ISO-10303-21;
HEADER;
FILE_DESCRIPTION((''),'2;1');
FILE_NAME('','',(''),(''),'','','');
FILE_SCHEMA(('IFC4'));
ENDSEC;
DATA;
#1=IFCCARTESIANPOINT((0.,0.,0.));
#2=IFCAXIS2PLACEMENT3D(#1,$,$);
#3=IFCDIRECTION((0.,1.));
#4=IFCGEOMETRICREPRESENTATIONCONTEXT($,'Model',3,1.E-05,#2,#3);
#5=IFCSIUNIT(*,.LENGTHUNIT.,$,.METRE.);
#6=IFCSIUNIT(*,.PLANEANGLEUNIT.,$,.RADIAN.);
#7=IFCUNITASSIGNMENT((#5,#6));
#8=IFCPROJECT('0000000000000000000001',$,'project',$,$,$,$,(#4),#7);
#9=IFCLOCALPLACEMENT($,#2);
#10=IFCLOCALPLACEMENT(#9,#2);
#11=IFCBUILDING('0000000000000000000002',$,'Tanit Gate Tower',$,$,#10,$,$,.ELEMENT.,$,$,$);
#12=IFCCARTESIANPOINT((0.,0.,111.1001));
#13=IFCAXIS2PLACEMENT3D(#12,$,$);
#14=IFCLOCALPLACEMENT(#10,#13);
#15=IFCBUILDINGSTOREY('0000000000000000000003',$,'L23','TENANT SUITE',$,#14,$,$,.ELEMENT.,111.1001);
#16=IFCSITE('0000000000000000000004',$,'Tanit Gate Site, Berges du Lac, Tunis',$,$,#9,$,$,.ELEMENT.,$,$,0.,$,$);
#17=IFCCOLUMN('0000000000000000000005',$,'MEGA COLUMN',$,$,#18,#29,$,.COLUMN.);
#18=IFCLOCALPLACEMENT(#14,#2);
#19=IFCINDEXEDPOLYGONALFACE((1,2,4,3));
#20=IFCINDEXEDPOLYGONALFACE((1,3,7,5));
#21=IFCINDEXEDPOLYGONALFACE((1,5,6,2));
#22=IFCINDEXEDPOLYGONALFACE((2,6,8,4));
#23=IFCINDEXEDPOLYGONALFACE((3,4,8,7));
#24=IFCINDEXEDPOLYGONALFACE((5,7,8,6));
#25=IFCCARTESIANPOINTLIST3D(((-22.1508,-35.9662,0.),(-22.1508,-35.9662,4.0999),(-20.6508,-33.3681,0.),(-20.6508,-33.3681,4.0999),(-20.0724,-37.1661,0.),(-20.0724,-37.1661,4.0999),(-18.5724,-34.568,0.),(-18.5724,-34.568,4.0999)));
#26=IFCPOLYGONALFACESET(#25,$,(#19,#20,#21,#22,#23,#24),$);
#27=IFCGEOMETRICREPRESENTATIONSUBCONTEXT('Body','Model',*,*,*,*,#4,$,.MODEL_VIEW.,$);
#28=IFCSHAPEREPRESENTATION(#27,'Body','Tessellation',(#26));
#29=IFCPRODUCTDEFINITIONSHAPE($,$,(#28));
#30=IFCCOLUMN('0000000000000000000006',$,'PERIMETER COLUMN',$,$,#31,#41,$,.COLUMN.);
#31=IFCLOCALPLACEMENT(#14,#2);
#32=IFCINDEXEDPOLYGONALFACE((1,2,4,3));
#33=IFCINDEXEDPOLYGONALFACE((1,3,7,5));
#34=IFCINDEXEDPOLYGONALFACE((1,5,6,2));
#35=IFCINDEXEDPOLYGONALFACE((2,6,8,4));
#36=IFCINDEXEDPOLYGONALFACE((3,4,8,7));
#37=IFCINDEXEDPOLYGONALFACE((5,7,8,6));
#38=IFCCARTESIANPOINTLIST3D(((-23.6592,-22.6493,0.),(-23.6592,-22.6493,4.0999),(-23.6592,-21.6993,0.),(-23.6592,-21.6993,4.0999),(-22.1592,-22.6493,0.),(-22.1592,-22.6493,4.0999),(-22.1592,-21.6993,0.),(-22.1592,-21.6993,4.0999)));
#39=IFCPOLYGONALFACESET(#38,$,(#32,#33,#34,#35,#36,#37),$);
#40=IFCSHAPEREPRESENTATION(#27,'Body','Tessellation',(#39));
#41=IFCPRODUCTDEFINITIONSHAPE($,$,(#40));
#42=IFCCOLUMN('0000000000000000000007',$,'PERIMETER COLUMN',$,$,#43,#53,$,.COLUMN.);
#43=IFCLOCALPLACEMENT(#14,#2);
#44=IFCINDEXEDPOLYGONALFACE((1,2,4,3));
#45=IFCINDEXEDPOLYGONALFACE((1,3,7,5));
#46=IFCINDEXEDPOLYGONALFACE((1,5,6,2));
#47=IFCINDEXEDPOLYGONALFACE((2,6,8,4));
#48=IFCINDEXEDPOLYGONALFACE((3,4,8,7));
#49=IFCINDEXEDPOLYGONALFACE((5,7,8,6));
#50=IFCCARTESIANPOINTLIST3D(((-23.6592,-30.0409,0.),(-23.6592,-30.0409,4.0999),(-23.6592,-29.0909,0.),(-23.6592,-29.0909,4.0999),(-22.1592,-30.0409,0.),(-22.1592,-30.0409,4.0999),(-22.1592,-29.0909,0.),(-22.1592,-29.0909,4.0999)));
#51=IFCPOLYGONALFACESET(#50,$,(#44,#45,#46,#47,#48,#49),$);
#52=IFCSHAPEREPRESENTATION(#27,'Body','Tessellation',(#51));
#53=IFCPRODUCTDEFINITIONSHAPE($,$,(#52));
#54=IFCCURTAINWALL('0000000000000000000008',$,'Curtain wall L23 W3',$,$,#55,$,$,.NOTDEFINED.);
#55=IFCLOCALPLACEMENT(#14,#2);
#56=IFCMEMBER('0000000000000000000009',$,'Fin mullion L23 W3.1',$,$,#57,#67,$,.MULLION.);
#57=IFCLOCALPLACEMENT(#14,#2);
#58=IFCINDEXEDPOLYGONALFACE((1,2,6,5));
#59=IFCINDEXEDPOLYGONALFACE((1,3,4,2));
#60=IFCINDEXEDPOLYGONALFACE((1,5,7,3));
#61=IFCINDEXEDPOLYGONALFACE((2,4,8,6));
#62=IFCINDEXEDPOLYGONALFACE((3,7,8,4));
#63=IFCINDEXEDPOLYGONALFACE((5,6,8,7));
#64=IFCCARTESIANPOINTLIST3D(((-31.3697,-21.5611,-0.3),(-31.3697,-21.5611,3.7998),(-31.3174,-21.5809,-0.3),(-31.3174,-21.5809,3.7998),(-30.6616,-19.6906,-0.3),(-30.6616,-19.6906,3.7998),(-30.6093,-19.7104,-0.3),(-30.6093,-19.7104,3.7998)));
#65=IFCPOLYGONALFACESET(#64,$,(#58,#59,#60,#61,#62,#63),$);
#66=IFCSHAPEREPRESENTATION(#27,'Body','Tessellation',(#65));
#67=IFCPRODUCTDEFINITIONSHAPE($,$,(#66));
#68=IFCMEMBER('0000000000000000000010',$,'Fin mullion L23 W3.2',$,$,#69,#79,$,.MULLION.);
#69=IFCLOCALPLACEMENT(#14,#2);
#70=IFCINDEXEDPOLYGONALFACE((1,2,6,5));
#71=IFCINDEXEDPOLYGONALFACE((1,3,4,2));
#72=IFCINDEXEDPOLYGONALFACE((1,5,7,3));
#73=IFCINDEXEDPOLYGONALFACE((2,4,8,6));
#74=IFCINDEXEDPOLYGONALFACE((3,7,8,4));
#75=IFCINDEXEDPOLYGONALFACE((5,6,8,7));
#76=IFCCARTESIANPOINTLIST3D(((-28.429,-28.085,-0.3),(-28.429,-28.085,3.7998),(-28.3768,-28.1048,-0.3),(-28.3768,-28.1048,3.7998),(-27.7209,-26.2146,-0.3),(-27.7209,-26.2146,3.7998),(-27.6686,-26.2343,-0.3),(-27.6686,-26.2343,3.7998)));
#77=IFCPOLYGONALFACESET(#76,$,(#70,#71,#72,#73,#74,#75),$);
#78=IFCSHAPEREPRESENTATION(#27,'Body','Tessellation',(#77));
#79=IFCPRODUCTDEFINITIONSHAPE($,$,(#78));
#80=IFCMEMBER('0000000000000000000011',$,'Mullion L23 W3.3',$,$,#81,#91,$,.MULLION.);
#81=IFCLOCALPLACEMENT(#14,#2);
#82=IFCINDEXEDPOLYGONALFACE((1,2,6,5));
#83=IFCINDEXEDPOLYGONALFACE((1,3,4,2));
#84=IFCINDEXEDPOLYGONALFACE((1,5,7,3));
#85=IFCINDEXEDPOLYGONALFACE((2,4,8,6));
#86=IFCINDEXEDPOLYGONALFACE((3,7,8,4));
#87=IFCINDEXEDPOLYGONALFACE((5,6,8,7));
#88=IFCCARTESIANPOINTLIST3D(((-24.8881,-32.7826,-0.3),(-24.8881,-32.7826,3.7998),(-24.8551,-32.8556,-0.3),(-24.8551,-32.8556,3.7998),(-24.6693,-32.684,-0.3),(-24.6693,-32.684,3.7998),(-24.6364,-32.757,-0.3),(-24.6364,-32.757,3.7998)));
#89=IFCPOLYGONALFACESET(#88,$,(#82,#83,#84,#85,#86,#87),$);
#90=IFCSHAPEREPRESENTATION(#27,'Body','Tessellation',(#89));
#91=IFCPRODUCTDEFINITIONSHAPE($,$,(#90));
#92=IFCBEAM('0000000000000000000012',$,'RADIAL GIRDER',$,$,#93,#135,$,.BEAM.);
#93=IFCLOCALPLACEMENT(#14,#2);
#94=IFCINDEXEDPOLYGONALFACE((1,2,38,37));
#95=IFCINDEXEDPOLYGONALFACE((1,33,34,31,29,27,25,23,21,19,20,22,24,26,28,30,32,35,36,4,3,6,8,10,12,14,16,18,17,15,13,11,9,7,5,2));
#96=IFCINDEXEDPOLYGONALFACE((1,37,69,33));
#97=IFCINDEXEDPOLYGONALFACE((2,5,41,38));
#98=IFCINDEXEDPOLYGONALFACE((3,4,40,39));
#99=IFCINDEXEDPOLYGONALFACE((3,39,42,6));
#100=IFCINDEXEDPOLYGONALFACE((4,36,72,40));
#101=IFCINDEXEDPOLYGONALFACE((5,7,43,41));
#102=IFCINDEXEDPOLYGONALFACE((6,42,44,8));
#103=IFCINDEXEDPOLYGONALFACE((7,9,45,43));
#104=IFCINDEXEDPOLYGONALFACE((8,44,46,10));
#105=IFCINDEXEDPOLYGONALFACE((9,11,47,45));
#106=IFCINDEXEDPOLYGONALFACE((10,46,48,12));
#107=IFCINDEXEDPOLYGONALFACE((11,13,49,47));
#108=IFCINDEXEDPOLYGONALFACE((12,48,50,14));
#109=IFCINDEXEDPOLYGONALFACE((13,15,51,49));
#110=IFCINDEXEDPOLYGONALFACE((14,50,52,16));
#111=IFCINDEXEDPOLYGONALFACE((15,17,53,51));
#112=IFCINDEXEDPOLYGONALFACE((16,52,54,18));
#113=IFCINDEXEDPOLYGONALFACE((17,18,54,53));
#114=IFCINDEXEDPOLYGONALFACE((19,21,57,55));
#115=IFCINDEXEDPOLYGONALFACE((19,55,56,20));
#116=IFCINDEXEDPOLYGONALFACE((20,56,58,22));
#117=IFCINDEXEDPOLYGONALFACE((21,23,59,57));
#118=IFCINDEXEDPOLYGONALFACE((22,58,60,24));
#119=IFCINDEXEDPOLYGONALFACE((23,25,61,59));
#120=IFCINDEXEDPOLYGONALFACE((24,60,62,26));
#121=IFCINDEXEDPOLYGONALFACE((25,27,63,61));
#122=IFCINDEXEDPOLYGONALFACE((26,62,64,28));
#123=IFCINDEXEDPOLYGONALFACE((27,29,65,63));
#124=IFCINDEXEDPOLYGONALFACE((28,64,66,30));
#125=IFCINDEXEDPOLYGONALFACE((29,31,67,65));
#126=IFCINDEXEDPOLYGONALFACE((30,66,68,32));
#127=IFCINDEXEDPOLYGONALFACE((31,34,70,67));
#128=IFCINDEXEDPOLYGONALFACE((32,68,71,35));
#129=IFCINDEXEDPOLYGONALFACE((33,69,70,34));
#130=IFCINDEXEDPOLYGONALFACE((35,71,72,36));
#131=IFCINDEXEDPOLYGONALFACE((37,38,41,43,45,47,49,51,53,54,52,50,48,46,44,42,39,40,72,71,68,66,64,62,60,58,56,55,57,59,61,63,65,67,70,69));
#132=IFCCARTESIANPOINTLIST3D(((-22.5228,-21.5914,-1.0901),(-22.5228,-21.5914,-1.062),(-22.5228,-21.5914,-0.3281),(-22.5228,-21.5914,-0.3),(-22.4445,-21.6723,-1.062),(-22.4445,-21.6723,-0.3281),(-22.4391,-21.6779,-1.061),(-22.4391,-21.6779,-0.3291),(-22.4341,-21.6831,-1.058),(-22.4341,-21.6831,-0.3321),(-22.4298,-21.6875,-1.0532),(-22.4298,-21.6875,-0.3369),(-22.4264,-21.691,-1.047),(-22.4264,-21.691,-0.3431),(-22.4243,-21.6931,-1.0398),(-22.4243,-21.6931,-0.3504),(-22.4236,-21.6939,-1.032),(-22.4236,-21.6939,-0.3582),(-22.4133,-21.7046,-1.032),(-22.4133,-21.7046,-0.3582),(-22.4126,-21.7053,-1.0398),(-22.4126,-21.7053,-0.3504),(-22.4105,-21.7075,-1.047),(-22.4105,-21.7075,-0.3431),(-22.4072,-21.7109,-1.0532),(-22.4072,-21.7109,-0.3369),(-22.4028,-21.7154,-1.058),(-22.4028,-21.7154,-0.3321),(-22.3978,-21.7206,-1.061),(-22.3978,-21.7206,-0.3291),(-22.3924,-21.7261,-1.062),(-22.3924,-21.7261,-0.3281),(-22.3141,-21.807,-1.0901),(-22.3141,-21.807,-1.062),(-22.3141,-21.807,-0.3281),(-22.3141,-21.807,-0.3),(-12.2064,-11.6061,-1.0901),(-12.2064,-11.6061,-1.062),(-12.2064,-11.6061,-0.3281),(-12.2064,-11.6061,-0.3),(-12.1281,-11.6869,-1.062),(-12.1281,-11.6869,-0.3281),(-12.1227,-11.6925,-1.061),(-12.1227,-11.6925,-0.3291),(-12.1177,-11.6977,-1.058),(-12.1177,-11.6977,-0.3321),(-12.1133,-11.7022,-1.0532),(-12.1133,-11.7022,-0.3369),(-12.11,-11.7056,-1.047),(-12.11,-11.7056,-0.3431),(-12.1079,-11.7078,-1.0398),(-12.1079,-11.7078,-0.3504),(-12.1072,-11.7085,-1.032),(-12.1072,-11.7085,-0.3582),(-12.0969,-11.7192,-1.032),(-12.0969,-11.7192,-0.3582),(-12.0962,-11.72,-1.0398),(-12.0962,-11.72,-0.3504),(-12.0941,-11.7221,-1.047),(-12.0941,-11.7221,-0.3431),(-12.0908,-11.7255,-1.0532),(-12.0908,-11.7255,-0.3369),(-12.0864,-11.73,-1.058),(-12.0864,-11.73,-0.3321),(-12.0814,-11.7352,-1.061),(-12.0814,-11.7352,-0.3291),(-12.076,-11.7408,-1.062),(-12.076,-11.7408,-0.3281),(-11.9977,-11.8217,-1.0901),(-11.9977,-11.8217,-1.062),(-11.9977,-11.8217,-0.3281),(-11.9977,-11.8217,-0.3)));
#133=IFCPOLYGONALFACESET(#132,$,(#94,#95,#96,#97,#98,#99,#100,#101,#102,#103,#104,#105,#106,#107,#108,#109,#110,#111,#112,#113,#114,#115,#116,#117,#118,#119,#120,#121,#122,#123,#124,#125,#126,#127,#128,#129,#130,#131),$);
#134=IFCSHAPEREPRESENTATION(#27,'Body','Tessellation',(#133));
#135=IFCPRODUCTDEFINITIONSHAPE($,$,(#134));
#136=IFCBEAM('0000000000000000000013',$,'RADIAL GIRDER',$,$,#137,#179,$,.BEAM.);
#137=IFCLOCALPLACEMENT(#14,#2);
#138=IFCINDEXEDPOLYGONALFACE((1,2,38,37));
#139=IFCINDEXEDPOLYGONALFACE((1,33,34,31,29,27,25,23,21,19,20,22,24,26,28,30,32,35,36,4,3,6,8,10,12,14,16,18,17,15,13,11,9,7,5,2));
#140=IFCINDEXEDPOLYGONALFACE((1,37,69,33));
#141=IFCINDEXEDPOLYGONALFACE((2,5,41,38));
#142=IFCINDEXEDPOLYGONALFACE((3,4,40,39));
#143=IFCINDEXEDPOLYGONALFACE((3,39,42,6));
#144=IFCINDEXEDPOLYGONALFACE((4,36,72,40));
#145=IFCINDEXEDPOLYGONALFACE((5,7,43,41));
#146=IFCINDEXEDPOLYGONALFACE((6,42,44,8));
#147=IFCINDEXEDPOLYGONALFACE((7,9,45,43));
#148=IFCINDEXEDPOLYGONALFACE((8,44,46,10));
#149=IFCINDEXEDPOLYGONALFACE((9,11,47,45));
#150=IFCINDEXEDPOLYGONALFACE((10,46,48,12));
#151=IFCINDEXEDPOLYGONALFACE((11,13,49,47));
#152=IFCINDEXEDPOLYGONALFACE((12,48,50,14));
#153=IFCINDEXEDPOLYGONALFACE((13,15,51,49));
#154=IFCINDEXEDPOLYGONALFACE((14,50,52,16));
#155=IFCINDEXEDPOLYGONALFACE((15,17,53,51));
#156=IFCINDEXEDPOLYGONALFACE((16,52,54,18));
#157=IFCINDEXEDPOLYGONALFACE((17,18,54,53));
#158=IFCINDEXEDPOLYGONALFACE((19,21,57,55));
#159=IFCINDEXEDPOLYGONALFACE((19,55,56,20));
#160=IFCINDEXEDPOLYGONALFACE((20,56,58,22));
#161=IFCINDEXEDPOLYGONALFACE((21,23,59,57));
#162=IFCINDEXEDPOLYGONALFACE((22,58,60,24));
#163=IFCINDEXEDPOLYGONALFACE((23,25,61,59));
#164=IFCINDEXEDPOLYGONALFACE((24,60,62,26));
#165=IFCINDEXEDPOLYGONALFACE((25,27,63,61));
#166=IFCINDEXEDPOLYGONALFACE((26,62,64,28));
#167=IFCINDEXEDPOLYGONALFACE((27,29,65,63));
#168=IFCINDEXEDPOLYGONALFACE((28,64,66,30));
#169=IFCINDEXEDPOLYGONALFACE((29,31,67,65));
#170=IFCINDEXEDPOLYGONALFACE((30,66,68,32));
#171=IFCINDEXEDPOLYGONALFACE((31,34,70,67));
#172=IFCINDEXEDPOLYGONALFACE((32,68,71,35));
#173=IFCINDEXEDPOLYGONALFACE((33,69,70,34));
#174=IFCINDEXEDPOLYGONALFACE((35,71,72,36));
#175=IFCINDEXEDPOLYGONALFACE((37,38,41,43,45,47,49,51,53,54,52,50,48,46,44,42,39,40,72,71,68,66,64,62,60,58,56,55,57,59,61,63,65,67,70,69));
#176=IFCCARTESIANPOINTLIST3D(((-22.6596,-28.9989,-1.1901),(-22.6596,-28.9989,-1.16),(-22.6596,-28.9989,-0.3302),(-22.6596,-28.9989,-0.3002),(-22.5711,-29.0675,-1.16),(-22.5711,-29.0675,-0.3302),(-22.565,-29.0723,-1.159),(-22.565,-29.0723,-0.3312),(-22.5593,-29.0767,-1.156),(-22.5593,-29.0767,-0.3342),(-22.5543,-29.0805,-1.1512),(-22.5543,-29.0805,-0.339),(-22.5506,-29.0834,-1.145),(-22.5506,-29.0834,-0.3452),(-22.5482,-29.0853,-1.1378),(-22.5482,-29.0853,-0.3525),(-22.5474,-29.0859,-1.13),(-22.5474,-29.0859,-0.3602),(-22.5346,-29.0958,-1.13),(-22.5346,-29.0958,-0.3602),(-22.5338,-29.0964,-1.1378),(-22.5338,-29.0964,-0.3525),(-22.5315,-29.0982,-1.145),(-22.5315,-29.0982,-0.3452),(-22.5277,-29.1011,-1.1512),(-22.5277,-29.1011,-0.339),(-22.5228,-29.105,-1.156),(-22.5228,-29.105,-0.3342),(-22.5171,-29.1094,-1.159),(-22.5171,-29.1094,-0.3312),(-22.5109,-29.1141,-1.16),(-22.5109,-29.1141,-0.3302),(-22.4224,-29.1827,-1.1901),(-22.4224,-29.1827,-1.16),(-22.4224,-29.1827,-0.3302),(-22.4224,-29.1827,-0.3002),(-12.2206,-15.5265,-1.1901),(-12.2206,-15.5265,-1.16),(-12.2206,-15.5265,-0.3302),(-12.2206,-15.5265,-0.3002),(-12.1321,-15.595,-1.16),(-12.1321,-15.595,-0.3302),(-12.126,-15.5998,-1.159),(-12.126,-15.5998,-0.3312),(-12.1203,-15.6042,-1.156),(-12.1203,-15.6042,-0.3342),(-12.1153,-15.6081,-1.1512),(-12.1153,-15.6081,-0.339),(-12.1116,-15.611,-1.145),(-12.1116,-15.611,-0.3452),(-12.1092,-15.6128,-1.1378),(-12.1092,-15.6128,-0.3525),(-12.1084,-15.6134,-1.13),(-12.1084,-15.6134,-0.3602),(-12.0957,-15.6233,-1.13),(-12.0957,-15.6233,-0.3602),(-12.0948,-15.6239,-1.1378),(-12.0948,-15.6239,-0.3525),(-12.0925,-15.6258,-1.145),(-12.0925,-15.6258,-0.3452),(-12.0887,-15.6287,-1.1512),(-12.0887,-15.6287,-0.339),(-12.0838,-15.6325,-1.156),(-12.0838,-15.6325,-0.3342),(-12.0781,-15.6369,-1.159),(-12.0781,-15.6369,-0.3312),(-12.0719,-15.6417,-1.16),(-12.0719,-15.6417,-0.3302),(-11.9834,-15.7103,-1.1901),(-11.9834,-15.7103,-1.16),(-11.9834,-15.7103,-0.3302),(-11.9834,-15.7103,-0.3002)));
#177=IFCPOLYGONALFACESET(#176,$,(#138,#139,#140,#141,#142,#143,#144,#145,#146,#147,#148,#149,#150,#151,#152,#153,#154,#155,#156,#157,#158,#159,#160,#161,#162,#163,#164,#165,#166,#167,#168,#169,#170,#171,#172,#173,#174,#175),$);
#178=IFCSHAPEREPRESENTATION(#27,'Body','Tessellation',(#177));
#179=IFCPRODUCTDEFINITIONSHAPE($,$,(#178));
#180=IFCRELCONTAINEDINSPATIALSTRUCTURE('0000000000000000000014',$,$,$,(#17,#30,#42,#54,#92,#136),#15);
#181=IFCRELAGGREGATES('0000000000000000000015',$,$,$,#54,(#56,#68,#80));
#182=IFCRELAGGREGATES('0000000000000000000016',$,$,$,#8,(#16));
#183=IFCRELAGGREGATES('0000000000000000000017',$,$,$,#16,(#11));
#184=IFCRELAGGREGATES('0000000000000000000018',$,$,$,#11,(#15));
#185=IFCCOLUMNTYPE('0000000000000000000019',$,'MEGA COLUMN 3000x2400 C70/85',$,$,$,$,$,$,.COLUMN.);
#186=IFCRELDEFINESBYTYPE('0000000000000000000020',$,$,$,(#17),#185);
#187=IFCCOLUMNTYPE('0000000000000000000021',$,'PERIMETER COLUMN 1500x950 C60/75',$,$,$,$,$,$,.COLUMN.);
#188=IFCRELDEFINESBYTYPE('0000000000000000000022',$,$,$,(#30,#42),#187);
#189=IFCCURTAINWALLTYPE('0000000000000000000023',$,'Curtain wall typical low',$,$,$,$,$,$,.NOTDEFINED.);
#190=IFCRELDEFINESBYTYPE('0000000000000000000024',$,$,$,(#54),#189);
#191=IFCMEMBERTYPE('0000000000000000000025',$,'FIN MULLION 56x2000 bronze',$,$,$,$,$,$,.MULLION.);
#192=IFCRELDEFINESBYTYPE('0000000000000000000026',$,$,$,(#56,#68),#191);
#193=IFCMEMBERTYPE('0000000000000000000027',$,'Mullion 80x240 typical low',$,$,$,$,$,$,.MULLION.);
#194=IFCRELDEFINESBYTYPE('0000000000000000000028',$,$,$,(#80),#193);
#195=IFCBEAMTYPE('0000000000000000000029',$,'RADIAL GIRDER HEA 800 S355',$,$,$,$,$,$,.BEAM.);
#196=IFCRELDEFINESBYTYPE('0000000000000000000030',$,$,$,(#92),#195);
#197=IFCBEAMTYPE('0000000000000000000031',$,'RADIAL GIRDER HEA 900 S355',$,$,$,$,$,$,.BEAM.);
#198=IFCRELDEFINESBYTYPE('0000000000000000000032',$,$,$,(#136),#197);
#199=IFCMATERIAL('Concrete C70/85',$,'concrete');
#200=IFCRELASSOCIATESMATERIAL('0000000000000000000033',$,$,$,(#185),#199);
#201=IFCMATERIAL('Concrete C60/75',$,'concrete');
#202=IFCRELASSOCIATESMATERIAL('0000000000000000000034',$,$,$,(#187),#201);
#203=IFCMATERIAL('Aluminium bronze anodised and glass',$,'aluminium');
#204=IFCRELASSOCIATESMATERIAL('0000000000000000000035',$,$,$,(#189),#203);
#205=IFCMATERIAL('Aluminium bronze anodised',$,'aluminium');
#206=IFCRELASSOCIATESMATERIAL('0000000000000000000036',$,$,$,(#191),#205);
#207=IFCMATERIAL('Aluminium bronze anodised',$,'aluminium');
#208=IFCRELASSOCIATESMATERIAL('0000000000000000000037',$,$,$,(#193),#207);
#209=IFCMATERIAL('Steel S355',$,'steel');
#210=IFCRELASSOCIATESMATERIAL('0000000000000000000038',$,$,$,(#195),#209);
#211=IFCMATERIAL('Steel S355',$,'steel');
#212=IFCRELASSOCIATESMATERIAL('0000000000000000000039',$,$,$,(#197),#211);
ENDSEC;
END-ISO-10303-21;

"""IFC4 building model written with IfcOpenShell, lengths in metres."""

from ifc_helpers import new_model, si_unit, direction, frame, origin, origin_2d, place, context, subcontext, project, spatial, rectangle, i_section, extrude, material, material_profile, profile_set, type_object, element, aggregate, save


model = new_model("IFC4")

# Units and contexts
model_context = context("Model", 3, precision=1e-05, world=origin(), true_north=direction((0.0, 1.0)))
body_context = subcontext(model_context, "Body", "Model", "MODEL_VIEW")
ifc_project = project(units=[si_unit("LENGTHUNIT", "METRE"), si_unit("PLANEANGLEUNIT", "RADIAN")], contexts=[model_context])

# Site, building, storey
site_placement = place(None, origin())
site = spatial("IfcSite", under=ifc_project, at=site_placement, Name="Tanit Gate Site, Berges du Lac, Tunis", CompositionType="ELEMENT", RefElevation=0.0)
building_placement = place(site_placement, origin())
building = spatial("IfcBuilding", under=site, at=building_placement, Name="Tanit Gate Tower", CompositionType="ELEMENT")
storey_placement = place(building_placement, frame((0.0, 0.0, 111.1001)))
storey = spatial("IfcBuildingStorey", under=building, at=storey_placement, Name="L23", Description="TENANT SUITE", CompositionType="ELEMENT", Elevation=111.1001)

# Columns
ifc_material_1 = material(Name="Concrete C70/85", Category="concrete")
ifc_material_profile_1 = material_profile(ifc_material_1, rectangle(XDim=3.0, YDim=2.3999, at=origin_2d()), Name="RC 3000x2400")
ifc_profile_set_1 = profile_set([ifc_material_profile_1], Name="Concrete C70/85")
column_type_1 = type_object("IfcColumnType", Name="MEGA COLUMN 3000x2400 C70/85", PredefinedType="COLUMN", material=ifc_profile_set_1)
column_placement = place(storey_placement, frame((-20.3616, -35.2671, 0.0), z_axis=(0.0, 0.0, 1.0), x_axis=(-0.5, -0.866025, 0.0)))
element("IfcColumn", 1, at=column_placement, inside=storey, type_object=column_type_1, Name="MEGA COLUMN", PredefinedType="COLUMN", context=body_context, shape_type="SweptSolid", body=[
    extrude(rectangle(XDim=3.0, YDim=2.3999, at=origin_2d()), origin(), (0.0, 0.0, 1.0), 4.0999),
])
ifc_material_2 = material(Name="Concrete C60/75", Category="concrete")
ifc_material_profile_2 = material_profile(ifc_material_2, rectangle(XDim=1.5, YDim=0.95, at=origin_2d()), Name="RC 1500x950")
ifc_profile_set_2 = profile_set([ifc_material_profile_2], Name="Concrete C60/75")
column_type_2 = type_object("IfcColumnType", Name="PERIMETER COLUMN 1500x950 C60/75", PredefinedType="COLUMN", material=ifc_profile_set_2)
for number, where, z_axis, x_axis, name in (
    (2, (-22.9092, -22.1743, 0.0), (0.0, 0.0, 1.0), (-1.0, 0.0, 0.0), "PERIMETER COLUMN"),
    (3, (-22.9092, -29.5659, 0.0), (0.0, 0.0, 1.0), (-1.0, 0.0, 0.0), "PERIMETER COLUMN"),
):
    element("IfcColumn", number, at=place(storey_placement, frame(where, z_axis=z_axis, x_axis=x_axis)), inside=storey, type_object=column_type_2, Name=name, PredefinedType="COLUMN", context=body_context, shape_type="SweptSolid", body=[
        extrude(rectangle(XDim=1.5, YDim=0.95, at=origin_2d()), origin(), (0.0, 0.0, 1.0), 4.0999),
    ])

# Curtain wall, members
ifc_material_3 = material(Name="Aluminium bronze anodised and glass", Category="aluminium")
curtain_wall_type = type_object("IfcCurtainWallType", Name="Curtain wall typical low", PredefinedType="NOTDEFINED", material=ifc_material_3)
curtain_wall_placement = place(storey_placement, origin())
curtain_wall = element("IfcCurtainWall", 4, at=curtain_wall_placement, inside=storey, type_object=curtain_wall_type, Name="Curtain wall L23 W3", PredefinedType="NOTDEFINED")
ifc_material_4 = material(Name="Aluminium bronze anodised", Category="aluminium")
ifc_material_profile_3 = material_profile(ifc_material_4, rectangle(XDim=2.0, YDim=0.0559, at=origin_2d()), Name="56x2000 bronze fin mullion")
ifc_profile_set_3 = profile_set([ifc_material_profile_3], Name="Aluminium bronze anodised")
member_type_1 = type_object("IfcMemberType", Name="FIN MULLION 56x2000 bronze", PredefinedType="MULLION", material=ifc_profile_set_3)
member_1_placement = place(storey_placement, frame((-30.9895, -20.6357, -0.3), z_axis=(0.0, 0.0, 1.0), x_axis=(0.354076, 0.935217, 0.0)))
member_1 = element("IfcMember", 5, at=member_1_placement, type_object=member_type_1, Name="Fin mullion L23 W3.1", PredefinedType="MULLION", context=body_context, shape_type="SweptSolid", body=[
    extrude(rectangle(XDim=2.0, YDim=0.0559, at=origin_2d()), origin(), (0.0, 0.0, 1.0), 4.0999),
])
member_2_placement = place(storey_placement, frame((-28.0488, -27.1597, -0.3), z_axis=(0.0, 0.0, 1.0), x_axis=(0.354076, 0.935217, 0.0)))
member_2 = element("IfcMember", 6, at=member_2_placement, type_object=member_type_1, Name="Fin mullion L23 W3.2", PredefinedType="MULLION", context=body_context, shape_type="SweptSolid", body=[
    extrude(rectangle(XDim=2.0, YDim=0.0559, at=origin_2d()), origin(), (0.0, 0.0, 1.0), 4.0999),
])
ifc_material_5 = material(Name="Aluminium bronze anodised", Category="aluminium")
ifc_material_profile_4 = material_profile(ifc_material_5, rectangle(XDim=0.24, YDim=0.0801, at=origin_2d()), Name="80x240 bronze mullion")
ifc_profile_set_4 = profile_set([ifc_material_profile_4], Name="Aluminium bronze anodised")
member_type_2 = type_object("IfcMemberType", Name="Mullion 80x240 typical low", PredefinedType="MULLION", material=ifc_profile_set_4)
member_3_placement = place(storey_placement, frame((-24.7622, -32.7698, -0.3), z_axis=(0.0, 0.0, 1.0), x_axis=(0.911668, 0.410928, 0.0)))
member_3 = element("IfcMember", 7, at=member_3_placement, type_object=member_type_2, Name="Mullion L23 W3.3", PredefinedType="MULLION", context=body_context, shape_type="SweptSolid", body=[
    extrude(rectangle(XDim=0.24, YDim=0.0801, at=origin_2d()), origin(), (0.0, 0.0, 1.0), 4.0999),
])

# Beams
ifc_material_6 = material(Name="Steel S355", Category="steel")
ifc_material_profile_5 = material_profile(ifc_material_6, i_section(OverallWidth=0.3, OverallDepth=0.79, WebThickness=0.0149, FlangeThickness=0.0281, FilletRadius=0.03, at=origin_2d()), Name="HEA 800")
ifc_profile_set_5 = profile_set([ifc_material_profile_5], Name="Steel S355")
beam_type_1 = type_object("IfcBeamType", Name="RADIAL GIRDER HEA 800 S355", PredefinedType="BEAM", material=ifc_profile_set_5)
beam_1_placement = place(storey_placement, frame((-22.4185, -21.6992, -0.6951), z_axis=(0.718542, 0.695484, 0.0), x_axis=(-0.695484, 0.718542, 0.0)))
element("IfcBeam", 8, at=beam_1_placement, inside=storey, type_object=beam_type_1, Name="RADIAL GIRDER", PredefinedType="BEAM", context=body_context, shape_type="SweptSolid", body=[
    extrude(i_section(OverallWidth=0.3, OverallDepth=0.79, WebThickness=0.0149, FlangeThickness=0.0281, FilletRadius=0.03, at=origin_2d()), origin(), (0.0, 0.0, 1.0), 14.3574),
])
ifc_material_7 = material(Name="Steel S355", Category="steel")
ifc_material_profile_6 = material_profile(ifc_material_7, i_section(OverallWidth=0.3, OverallDepth=0.8899, WebThickness=0.0161, FlangeThickness=0.03, FilletRadius=0.03, at=origin_2d()), Name="HEA 900")
ifc_profile_set_6 = profile_set([ifc_material_profile_6], Name="Steel S355")
beam_type_2 = type_object("IfcBeamType", Name="RADIAL GIRDER HEA 900 S355", PredefinedType="BEAM", material=ifc_profile_set_6)
beam_2_placement = place(storey_placement, frame((-22.541, -29.0908, -0.7451), z_axis=(0.612493, 0.790476, 0.0), x_axis=(-0.790476, 0.612493, 0.0)))
element("IfcBeam", 9, at=beam_2_placement, inside=storey, type_object=beam_type_2, Name="RADIAL GIRDER", PredefinedType="BEAM", context=body_context, shape_type="SweptSolid", body=[
    extrude(i_section(OverallWidth=0.3, OverallDepth=0.8899, WebThickness=0.0161, FlangeThickness=0.03, FilletRadius=0.03, at=origin_2d()), origin(), (0.0, 0.0, 1.0), 17.0435),
])

aggregate(curtain_wall, [member_1, member_2, member_3])

save(model, "model.ifc")
